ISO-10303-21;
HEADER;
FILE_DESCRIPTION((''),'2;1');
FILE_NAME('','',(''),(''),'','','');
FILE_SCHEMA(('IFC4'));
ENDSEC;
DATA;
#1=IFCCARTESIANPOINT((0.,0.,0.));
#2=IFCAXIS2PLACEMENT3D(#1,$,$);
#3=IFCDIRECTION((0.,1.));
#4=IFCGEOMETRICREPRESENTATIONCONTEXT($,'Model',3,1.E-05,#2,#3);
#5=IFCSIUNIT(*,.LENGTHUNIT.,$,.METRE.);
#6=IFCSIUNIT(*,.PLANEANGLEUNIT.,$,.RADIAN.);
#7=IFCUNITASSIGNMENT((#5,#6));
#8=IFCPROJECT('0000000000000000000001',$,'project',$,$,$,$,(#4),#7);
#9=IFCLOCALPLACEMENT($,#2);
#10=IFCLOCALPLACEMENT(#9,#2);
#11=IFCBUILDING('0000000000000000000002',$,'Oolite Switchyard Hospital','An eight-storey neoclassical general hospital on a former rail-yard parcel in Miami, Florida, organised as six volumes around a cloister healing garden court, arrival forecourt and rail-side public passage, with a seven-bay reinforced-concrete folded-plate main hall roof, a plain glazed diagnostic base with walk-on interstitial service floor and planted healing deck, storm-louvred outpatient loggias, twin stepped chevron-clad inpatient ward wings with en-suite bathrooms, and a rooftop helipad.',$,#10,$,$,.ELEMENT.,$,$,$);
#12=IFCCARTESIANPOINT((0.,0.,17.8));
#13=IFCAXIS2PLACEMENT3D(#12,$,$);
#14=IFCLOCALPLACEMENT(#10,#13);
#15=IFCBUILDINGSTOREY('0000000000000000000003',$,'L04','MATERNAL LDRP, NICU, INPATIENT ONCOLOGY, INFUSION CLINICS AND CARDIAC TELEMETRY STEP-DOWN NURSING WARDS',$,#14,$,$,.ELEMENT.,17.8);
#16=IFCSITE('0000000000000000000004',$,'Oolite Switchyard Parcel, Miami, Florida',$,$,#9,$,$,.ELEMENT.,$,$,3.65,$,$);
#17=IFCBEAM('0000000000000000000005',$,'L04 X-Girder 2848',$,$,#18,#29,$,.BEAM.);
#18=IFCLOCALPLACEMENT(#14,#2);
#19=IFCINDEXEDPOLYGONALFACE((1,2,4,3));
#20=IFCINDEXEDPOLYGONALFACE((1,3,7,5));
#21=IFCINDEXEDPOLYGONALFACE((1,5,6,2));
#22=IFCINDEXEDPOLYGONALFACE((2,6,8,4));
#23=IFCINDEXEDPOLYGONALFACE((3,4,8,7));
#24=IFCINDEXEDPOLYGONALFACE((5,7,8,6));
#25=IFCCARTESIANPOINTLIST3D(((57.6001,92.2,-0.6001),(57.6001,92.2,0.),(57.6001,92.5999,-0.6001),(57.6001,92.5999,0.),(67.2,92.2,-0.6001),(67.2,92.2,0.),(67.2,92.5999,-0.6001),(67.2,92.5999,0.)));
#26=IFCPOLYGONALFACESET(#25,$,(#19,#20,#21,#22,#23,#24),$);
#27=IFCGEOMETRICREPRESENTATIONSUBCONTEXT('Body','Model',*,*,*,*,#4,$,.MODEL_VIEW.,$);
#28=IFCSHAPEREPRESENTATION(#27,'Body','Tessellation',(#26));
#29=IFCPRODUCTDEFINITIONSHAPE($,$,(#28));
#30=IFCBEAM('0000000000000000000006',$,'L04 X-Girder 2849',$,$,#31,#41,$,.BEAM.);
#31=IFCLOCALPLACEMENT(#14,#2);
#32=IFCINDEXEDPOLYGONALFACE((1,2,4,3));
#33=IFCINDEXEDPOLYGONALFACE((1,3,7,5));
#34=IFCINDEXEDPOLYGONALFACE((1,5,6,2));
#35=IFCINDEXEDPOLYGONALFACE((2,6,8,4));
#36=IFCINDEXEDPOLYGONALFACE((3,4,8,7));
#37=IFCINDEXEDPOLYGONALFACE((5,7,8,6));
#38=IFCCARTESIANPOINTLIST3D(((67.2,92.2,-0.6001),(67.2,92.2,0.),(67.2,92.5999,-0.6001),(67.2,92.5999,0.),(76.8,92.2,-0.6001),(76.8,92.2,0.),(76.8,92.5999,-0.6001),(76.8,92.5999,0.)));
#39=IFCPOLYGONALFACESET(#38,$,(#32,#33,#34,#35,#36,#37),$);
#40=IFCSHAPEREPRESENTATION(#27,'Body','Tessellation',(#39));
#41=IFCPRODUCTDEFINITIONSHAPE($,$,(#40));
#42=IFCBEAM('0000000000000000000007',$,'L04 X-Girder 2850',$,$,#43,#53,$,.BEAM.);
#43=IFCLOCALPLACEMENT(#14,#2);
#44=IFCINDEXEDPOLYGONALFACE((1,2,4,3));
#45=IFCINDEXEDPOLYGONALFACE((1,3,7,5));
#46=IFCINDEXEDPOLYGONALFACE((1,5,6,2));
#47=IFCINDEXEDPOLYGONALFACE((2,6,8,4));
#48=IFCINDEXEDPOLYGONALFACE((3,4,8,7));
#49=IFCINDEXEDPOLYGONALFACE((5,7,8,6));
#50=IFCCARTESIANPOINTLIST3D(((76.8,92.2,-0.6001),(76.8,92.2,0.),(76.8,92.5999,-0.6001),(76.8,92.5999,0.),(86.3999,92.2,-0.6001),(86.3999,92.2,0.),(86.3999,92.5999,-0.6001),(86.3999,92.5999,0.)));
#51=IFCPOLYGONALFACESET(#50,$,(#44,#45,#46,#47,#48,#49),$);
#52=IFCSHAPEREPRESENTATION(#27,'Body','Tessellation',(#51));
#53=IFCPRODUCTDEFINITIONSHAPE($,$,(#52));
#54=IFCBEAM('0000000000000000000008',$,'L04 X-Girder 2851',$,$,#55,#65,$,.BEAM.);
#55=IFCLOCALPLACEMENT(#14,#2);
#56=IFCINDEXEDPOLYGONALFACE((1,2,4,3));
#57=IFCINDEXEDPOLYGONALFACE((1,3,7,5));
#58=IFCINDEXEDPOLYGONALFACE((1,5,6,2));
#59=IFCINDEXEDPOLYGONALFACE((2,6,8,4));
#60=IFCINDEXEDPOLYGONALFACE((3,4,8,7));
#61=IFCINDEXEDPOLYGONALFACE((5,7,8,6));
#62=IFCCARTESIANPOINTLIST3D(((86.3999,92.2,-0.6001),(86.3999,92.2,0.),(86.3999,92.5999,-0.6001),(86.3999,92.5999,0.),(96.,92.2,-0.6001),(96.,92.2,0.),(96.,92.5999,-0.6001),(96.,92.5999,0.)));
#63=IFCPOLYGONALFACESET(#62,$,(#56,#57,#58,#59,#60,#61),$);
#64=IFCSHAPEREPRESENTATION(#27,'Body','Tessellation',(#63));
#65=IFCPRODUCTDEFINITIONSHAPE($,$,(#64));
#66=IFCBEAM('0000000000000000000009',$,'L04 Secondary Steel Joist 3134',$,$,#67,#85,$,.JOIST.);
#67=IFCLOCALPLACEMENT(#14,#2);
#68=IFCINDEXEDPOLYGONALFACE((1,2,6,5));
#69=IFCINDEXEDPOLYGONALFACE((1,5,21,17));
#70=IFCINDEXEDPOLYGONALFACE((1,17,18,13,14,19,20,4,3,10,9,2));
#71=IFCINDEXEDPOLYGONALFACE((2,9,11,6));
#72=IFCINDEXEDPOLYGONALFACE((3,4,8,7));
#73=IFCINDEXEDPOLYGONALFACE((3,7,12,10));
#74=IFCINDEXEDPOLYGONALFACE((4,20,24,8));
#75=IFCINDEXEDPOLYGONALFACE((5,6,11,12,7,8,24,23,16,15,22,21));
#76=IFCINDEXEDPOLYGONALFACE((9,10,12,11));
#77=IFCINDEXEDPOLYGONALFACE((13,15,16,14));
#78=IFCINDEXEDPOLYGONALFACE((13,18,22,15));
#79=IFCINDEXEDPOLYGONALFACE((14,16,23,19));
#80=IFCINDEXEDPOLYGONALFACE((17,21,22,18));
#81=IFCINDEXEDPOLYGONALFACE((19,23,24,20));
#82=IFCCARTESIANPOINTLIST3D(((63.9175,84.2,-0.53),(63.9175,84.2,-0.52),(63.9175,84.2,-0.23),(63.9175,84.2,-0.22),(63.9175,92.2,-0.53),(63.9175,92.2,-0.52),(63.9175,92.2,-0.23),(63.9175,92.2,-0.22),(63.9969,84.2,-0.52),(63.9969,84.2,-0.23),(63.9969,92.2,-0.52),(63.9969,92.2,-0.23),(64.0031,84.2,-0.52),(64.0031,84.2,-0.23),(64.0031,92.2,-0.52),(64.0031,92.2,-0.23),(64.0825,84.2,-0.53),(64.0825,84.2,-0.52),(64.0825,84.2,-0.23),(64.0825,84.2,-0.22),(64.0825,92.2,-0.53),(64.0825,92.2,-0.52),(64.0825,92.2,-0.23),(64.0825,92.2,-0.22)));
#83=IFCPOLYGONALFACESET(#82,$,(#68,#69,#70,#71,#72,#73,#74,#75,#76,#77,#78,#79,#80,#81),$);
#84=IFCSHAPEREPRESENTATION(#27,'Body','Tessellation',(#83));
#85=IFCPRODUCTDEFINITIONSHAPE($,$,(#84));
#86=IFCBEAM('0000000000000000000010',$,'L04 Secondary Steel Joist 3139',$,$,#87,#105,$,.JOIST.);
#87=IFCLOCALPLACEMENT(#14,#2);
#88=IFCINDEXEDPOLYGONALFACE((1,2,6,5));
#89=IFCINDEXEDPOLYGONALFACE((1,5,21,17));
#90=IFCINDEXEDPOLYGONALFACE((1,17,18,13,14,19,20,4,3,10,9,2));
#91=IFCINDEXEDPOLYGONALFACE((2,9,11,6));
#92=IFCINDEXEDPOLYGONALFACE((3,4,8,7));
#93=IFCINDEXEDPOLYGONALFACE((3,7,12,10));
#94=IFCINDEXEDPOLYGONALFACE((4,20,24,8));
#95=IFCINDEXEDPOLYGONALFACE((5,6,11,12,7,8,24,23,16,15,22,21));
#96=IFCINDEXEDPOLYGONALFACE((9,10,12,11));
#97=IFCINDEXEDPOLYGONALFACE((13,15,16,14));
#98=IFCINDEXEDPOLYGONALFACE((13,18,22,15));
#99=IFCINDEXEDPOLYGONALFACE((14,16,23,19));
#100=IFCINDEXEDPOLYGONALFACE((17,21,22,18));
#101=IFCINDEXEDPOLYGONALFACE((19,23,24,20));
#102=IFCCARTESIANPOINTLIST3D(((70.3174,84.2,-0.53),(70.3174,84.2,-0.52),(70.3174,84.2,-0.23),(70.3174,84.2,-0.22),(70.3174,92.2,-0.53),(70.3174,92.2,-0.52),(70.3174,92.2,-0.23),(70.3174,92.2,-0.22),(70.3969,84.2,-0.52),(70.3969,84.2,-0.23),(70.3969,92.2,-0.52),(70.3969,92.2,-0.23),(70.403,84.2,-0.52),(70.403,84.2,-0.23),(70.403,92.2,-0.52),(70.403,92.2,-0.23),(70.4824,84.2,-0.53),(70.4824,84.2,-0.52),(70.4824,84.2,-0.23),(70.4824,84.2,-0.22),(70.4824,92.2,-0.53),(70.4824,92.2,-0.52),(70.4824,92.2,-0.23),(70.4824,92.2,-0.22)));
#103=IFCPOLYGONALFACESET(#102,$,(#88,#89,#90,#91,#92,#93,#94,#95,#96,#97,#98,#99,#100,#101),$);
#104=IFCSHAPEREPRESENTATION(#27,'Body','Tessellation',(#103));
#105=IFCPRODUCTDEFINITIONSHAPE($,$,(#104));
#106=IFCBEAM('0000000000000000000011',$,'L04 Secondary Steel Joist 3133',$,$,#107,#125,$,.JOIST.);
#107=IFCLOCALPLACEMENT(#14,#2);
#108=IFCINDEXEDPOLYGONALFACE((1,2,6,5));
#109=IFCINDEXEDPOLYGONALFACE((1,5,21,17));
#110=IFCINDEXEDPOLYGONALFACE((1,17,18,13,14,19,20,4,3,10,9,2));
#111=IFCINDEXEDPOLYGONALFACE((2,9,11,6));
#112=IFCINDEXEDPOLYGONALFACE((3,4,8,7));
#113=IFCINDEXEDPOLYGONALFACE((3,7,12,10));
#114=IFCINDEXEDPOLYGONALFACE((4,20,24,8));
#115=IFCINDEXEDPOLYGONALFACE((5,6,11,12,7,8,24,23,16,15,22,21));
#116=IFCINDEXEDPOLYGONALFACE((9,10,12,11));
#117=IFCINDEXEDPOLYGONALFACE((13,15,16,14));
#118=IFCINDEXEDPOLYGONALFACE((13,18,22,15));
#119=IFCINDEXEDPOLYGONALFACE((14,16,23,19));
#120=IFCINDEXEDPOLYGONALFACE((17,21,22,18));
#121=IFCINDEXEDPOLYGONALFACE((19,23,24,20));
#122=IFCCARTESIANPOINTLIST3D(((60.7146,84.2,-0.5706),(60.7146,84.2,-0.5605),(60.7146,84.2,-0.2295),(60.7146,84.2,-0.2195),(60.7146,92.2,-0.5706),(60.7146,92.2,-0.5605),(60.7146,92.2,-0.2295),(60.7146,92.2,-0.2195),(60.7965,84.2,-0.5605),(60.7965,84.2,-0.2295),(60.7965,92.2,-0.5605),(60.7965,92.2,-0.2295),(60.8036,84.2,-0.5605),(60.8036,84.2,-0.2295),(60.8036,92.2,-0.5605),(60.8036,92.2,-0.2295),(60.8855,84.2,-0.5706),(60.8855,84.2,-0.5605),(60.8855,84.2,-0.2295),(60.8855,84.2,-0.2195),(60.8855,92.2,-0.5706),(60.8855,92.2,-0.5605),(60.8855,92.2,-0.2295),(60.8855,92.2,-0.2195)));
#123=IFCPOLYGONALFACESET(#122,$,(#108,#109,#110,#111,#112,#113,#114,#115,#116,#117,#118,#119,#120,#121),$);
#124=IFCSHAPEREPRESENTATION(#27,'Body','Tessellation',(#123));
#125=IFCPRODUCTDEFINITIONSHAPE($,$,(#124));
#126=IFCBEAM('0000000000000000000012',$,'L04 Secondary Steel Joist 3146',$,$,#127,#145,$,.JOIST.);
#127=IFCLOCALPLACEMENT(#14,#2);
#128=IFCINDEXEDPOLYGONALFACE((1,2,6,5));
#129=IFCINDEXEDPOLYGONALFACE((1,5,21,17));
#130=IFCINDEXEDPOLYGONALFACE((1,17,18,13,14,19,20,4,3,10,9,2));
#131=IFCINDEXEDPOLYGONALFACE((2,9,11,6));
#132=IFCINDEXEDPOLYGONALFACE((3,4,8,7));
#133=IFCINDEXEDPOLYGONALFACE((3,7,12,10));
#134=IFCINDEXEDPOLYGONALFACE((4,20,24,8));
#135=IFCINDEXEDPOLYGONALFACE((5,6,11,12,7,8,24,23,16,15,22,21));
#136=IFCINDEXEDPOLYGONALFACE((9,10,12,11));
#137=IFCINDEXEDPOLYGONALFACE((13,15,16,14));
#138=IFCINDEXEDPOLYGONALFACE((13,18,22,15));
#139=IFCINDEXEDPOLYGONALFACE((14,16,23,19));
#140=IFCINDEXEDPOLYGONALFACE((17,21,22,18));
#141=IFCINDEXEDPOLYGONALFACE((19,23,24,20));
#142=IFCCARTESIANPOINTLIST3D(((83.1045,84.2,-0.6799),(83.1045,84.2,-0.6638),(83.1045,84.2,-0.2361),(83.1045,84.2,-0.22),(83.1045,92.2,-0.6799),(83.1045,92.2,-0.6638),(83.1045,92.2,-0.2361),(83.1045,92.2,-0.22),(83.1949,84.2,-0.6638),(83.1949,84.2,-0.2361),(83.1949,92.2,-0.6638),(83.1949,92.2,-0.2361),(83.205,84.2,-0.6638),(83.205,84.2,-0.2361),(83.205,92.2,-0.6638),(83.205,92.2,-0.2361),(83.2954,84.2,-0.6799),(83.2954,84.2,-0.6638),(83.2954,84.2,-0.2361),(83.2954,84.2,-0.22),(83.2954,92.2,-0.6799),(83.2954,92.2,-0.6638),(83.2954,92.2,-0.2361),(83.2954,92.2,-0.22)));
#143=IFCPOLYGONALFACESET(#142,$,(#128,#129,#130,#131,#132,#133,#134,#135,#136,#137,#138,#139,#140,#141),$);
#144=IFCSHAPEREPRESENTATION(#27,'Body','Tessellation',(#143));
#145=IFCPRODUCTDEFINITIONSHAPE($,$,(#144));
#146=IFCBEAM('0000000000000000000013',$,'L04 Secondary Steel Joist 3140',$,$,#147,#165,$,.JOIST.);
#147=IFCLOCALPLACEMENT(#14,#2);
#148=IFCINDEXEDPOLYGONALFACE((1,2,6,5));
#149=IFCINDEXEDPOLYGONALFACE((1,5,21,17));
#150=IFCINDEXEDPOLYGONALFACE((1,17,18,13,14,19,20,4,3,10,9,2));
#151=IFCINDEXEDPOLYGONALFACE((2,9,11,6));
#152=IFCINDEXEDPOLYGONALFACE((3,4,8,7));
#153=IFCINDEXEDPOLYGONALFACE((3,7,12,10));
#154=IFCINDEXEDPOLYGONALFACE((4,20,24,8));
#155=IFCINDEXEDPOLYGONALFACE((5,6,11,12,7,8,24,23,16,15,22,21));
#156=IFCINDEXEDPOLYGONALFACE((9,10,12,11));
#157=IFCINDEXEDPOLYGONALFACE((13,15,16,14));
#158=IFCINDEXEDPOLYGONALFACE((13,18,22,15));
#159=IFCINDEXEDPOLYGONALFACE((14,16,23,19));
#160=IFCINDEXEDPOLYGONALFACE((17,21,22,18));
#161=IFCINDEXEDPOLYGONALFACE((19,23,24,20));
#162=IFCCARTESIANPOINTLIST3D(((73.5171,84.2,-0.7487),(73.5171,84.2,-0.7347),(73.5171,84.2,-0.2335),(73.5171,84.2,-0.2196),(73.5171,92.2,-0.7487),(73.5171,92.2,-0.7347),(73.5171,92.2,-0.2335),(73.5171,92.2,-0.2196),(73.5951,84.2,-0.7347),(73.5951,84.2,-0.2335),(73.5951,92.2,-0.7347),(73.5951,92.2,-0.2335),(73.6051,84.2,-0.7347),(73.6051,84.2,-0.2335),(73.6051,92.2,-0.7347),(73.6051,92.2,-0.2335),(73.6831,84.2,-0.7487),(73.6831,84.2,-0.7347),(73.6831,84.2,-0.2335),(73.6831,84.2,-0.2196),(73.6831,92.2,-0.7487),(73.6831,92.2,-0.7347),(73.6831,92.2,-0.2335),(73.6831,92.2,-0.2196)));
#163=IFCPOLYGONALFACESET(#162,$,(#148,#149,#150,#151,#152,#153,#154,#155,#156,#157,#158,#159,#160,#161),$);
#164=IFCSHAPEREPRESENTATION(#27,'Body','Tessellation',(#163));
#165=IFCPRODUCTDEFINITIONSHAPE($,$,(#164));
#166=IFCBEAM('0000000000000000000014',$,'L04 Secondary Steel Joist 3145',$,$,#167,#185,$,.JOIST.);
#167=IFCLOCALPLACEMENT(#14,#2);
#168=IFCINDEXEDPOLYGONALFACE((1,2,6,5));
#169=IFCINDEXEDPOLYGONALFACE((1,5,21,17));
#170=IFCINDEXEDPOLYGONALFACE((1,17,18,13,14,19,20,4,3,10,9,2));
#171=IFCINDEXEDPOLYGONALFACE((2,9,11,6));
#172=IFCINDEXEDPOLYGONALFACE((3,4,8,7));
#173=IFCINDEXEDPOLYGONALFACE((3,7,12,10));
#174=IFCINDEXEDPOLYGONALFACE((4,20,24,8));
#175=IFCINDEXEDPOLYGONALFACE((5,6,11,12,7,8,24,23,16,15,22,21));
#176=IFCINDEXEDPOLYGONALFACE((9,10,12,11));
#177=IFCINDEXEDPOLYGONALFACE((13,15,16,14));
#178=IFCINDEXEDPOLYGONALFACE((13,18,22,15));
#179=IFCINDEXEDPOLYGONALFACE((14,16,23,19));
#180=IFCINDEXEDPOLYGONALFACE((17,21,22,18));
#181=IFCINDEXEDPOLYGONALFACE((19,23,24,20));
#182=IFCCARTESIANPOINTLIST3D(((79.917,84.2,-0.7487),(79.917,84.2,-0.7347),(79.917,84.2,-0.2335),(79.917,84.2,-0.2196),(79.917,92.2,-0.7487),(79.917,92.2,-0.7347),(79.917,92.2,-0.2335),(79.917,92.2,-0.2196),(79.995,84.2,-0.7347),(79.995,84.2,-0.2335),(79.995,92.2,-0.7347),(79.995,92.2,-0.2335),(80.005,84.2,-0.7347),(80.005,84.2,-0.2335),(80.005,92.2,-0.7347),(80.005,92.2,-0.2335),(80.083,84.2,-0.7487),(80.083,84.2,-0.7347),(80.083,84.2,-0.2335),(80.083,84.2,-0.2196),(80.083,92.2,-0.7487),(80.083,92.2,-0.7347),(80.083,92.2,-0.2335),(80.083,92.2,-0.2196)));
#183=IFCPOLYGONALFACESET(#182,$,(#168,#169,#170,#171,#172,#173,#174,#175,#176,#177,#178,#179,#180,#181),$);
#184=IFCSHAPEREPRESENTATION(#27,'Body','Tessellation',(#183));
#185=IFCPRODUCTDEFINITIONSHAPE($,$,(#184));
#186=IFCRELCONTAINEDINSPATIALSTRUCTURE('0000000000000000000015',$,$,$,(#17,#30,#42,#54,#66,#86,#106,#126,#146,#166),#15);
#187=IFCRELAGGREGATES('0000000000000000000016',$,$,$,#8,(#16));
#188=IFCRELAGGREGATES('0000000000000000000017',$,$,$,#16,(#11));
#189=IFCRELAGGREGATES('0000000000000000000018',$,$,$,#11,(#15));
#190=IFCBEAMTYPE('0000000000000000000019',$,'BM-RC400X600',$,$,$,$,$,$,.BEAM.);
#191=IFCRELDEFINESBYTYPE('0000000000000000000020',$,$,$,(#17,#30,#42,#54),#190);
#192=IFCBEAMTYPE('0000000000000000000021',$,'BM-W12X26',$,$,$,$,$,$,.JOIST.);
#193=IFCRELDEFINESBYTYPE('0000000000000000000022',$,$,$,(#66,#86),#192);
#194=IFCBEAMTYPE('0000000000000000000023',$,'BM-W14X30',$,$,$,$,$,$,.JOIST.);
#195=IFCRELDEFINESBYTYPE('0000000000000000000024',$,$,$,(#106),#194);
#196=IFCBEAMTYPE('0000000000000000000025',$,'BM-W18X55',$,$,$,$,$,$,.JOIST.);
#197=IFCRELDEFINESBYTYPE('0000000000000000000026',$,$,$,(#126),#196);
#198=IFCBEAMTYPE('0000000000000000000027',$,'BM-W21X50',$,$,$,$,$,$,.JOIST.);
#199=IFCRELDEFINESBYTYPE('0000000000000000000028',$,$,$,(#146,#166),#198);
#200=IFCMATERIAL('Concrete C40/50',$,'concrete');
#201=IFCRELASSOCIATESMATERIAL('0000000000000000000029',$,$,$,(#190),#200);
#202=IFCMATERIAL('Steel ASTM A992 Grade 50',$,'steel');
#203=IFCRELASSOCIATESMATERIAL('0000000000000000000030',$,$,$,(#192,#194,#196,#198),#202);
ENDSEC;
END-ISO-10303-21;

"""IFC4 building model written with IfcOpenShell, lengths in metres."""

from ifc_helpers import new_model, si_unit, direction, frame, origin, origin_2d, place, context, subcontext, project, spatial, rectangle, i_section, extrude, material, material_profile, profile_set, type_object, element, save


model = new_model("IFC4")

# Units and contexts
model_context = context("Model", 3, precision=1e-05, world=origin(), true_north=direction((0.0, 1.0)))
body_context = subcontext(model_context, "Body", "Model", "MODEL_VIEW")
ifc_project = project(units=[si_unit("LENGTHUNIT", "METRE"), si_unit("PLANEANGLEUNIT", "RADIAN")], contexts=[model_context])

# Site, building, storey
site_placement = place(None, origin())
site = spatial("IfcSite", under=ifc_project, at=site_placement, Name="Oolite Switchyard Parcel, Miami, Florida", CompositionType="ELEMENT", RefElevation=3.65)
building_placement = place(site_placement, origin())
building = spatial("IfcBuilding", under=site, at=building_placement, Name="Oolite Switchyard Hospital", Description="An eight-storey neoclassical general hospital on a former rail-yard parcel in Miami, Florida, organised as six volumes around a cloister healing garden court, arrival forecourt and rail-side public passage, with a seven-bay reinforced-concrete folded-plate main hall roof, a plain glazed diagnostic base with walk-on interstitial service floor and planted healing deck, storm-louvred outpatient loggias, twin stepped chevron-clad inpatient ward wings with en-suite bathrooms, and a rooftop helipad.", CompositionType="ELEMENT")
storey_placement = place(building_placement, frame((0.0, 0.0, 17.8)))
storey = spatial("IfcBuildingStorey", under=building, at=storey_placement, Name="L04", Description="MATERNAL LDRP, NICU, INPATIENT ONCOLOGY, INFUSION CLINICS AND CARDIAC TELEMETRY STEP-DOWN NURSING WARDS", CompositionType="ELEMENT", Elevation=17.8)

# Beams
ifc_material_1 = material(Name="Concrete C40/50", Category="concrete")
ifc_material_profile_1 = material_profile(ifc_material_1, rectangle(XDim=0.3999, YDim=0.6001, at=origin_2d()), Name="RCB400X600")
ifc_profile_set_1 = profile_set([ifc_material_profile_1], Name="Concrete C40/50")
beam_type_1 = type_object("IfcBeamType", Name="BM-RC400X600", PredefinedType="BEAM", material=ifc_profile_set_1)
beam_1_placement = place(storey_placement, frame((57.6001, 92.3999, -0.3), z_axis=(1.0, 0.0, 0.0), x_axis=(0.0, 1.0, 0.0)))
element("IfcBeam", 1, at=beam_1_placement, inside=storey, type_object=beam_type_1, Name="L04 X-Girder 2848", PredefinedType="BEAM", context=body_context, shape_type="SweptSolid", body=[
    extrude(rectangle(XDim=0.3999, YDim=0.6001, at=origin_2d()), origin(), (0.0, 0.0, 1.0), 9.5999),
])
beam_2_placement = place(storey_placement, frame((67.2, 92.3999, -0.3), z_axis=(1.0, 0.0, 0.0), x_axis=(0.0, 1.0, 0.0)))
element("IfcBeam", 2, at=beam_2_placement, inside=storey, type_object=beam_type_1, Name="L04 X-Girder 2849", PredefinedType="BEAM", context=body_context, shape_type="SweptSolid", body=[
    extrude(rectangle(XDim=0.3999, YDim=0.6001, at=origin_2d()), origin(), (0.0, 0.0, 1.0), 9.6001),
])
beam_3_placement = place(storey_placement, frame((76.8, 92.3999, -0.3), z_axis=(1.0, 0.0, 0.0), x_axis=(0.0, 1.0, 0.0)))
element("IfcBeam", 3, at=beam_3_placement, inside=storey, type_object=beam_type_1, Name="L04 X-Girder 2850", PredefinedType="BEAM", context=body_context, shape_type="SweptSolid", body=[
    extrude(rectangle(XDim=0.3999, YDim=0.6001, at=origin_2d()), origin(), (0.0, 0.0, 1.0), 9.5999),
])
beam_4_placement = place(storey_placement, frame((86.3999, 92.3999, -0.3), z_axis=(1.0, 0.0, 0.0), x_axis=(0.0, 1.0, 0.0)))
element("IfcBeam", 4, at=beam_4_placement, inside=storey, type_object=beam_type_1, Name="L04 X-Girder 2851", PredefinedType="BEAM", context=body_context, shape_type="SweptSolid", body=[
    extrude(rectangle(XDim=0.3999, YDim=0.6001, at=origin_2d()), origin(), (0.0, 0.0, 1.0), 9.6001),
])
ifc_material_2 = material(Name="Steel ASTM A992 Grade 50", Category="steel")
ifc_material_profile_2 = material_profile(ifc_material_2, i_section(OverallWidth=0.165, OverallDepth=0.3101, WebThickness=0.0061, FlangeThickness=0.01, at=origin_2d()), Name="W12X26")
ifc_profile_set_2 = profile_set([ifc_material_profile_2], Name="Steel ASTM A992 Grade 50")
beam_type_2 = type_object("IfcBeamType", Name="BM-W12X26", PredefinedType="JOIST", material=ifc_profile_set_2)
for number, where, z_axis, x_axis, name in (
    (5, (64.0, 84.2, -0.375), (0.0, 1.0, 0.0), (-1.0, 0.0, 0.0), "L04 Secondary Steel Joist 3134"),
    (6, (70.3999, 84.2, -0.375), (0.0, 1.0, 0.0), (-1.0, 0.0, 0.0), "L04 Secondary Steel Joist 3139"),
):
    element("IfcBeam", number, at=place(storey_placement, frame(where, z_axis=z_axis, x_axis=x_axis)), inside=storey, type_object=beam_type_2, Name=name, PredefinedType="JOIST", context=body_context, shape_type="SweptSolid", body=[
        extrude(i_section(OverallWidth=0.165, OverallDepth=0.3101, WebThickness=0.0061, FlangeThickness=0.01, at=origin_2d()), origin(), (0.0, 0.0, 1.0), 8.0),
    ])
ifc_material_profile_3 = material_profile(ifc_material_2, i_section(OverallWidth=0.1709, OverallDepth=0.3511, WebThickness=0.0071, FlangeThickness=0.01, at=origin_2d()), Name="W14X30")
ifc_profile_set_3 = profile_set([ifc_material_profile_3], Name="Steel ASTM A992 Grade 50")
beam_type_3 = type_object("IfcBeamType", Name="BM-W14X30", PredefinedType="JOIST", material=ifc_profile_set_3)
beam_5_placement = place(storey_placement, frame((60.8, 84.2, -0.395), z_axis=(0.0, 1.0, 0.0), x_axis=(-1.0, 0.0, 0.0)))
element("IfcBeam", 7, at=beam_5_placement, inside=storey, type_object=beam_type_3, Name="L04 Secondary Steel Joist 3133", PredefinedType="JOIST", context=body_context, shape_type="SweptSolid", body=[
    extrude(i_section(OverallWidth=0.1709, OverallDepth=0.3511, WebThickness=0.0071, FlangeThickness=0.01, at=origin_2d()), origin(), (0.0, 0.0, 1.0), 8.0),
])
ifc_material_profile_4 = material_profile(ifc_material_2, i_section(OverallWidth=0.1909, OverallDepth=0.46, WebThickness=0.01, FlangeThickness=0.0161, at=origin_2d()), Name="W18X55")
ifc_profile_set_4 = profile_set([ifc_material_profile_4], Name="Steel ASTM A992 Grade 50")
beam_type_4 = type_object("IfcBeamType", Name="BM-W18X55", PredefinedType="JOIST", material=ifc_profile_set_4)
beam_6_placement = place(storey_placement, frame((83.2, 84.2, -0.45), z_axis=(0.0, 1.0, 0.0), x_axis=(-1.0, 0.0, 0.0)))
element("IfcBeam", 8, at=beam_6_placement, inside=storey, type_object=beam_type_4, Name="L04 Secondary Steel Joist 3146", PredefinedType="JOIST", context=body_context, shape_type="SweptSolid", body=[
    extrude(i_section(OverallWidth=0.1909, OverallDepth=0.46, WebThickness=0.01, FlangeThickness=0.0161, at=origin_2d()), origin(), (0.0, 0.0, 1.0), 8.0),
])
ifc_material_profile_5 = material_profile(ifc_material_2, i_section(OverallWidth=0.166, OverallDepth=0.5291, WebThickness=0.01, FlangeThickness=0.0139, at=origin_2d()), Name="W21X50")
ifc_profile_set_5 = profile_set([ifc_material_profile_5], Name="Steel ASTM A992 Grade 50")
beam_type_5 = type_object("IfcBeamType", Name="BM-W21X50", PredefinedType="JOIST", material=ifc_profile_set_5)
for number, where, z_axis, x_axis, name in (
    (9, (73.6001, 84.2, -0.4841), (0.0, 1.0, 0.0), (-1.0, 0.0, 0.0), "L04 Secondary Steel Joist 3140"),
    (10, (80.0, 84.2, -0.4841), (0.0, 1.0, 0.0), (-1.0, 0.0, 0.0), "L04 Secondary Steel Joist 3145"),
):
    element("IfcBeam", number, at=place(storey_placement, frame(where, z_axis=z_axis, x_axis=x_axis)), inside=storey, type_object=beam_type_5, Name=name, PredefinedType="JOIST", context=body_context, shape_type="SweptSolid", body=[
        extrude(i_section(OverallWidth=0.166, OverallDepth=0.5291, WebThickness=0.01, FlangeThickness=0.0139, at=origin_2d()), origin(), (0.0, 0.0, 1.0), 8.0),
    ])

save(model, "model.ifc")
